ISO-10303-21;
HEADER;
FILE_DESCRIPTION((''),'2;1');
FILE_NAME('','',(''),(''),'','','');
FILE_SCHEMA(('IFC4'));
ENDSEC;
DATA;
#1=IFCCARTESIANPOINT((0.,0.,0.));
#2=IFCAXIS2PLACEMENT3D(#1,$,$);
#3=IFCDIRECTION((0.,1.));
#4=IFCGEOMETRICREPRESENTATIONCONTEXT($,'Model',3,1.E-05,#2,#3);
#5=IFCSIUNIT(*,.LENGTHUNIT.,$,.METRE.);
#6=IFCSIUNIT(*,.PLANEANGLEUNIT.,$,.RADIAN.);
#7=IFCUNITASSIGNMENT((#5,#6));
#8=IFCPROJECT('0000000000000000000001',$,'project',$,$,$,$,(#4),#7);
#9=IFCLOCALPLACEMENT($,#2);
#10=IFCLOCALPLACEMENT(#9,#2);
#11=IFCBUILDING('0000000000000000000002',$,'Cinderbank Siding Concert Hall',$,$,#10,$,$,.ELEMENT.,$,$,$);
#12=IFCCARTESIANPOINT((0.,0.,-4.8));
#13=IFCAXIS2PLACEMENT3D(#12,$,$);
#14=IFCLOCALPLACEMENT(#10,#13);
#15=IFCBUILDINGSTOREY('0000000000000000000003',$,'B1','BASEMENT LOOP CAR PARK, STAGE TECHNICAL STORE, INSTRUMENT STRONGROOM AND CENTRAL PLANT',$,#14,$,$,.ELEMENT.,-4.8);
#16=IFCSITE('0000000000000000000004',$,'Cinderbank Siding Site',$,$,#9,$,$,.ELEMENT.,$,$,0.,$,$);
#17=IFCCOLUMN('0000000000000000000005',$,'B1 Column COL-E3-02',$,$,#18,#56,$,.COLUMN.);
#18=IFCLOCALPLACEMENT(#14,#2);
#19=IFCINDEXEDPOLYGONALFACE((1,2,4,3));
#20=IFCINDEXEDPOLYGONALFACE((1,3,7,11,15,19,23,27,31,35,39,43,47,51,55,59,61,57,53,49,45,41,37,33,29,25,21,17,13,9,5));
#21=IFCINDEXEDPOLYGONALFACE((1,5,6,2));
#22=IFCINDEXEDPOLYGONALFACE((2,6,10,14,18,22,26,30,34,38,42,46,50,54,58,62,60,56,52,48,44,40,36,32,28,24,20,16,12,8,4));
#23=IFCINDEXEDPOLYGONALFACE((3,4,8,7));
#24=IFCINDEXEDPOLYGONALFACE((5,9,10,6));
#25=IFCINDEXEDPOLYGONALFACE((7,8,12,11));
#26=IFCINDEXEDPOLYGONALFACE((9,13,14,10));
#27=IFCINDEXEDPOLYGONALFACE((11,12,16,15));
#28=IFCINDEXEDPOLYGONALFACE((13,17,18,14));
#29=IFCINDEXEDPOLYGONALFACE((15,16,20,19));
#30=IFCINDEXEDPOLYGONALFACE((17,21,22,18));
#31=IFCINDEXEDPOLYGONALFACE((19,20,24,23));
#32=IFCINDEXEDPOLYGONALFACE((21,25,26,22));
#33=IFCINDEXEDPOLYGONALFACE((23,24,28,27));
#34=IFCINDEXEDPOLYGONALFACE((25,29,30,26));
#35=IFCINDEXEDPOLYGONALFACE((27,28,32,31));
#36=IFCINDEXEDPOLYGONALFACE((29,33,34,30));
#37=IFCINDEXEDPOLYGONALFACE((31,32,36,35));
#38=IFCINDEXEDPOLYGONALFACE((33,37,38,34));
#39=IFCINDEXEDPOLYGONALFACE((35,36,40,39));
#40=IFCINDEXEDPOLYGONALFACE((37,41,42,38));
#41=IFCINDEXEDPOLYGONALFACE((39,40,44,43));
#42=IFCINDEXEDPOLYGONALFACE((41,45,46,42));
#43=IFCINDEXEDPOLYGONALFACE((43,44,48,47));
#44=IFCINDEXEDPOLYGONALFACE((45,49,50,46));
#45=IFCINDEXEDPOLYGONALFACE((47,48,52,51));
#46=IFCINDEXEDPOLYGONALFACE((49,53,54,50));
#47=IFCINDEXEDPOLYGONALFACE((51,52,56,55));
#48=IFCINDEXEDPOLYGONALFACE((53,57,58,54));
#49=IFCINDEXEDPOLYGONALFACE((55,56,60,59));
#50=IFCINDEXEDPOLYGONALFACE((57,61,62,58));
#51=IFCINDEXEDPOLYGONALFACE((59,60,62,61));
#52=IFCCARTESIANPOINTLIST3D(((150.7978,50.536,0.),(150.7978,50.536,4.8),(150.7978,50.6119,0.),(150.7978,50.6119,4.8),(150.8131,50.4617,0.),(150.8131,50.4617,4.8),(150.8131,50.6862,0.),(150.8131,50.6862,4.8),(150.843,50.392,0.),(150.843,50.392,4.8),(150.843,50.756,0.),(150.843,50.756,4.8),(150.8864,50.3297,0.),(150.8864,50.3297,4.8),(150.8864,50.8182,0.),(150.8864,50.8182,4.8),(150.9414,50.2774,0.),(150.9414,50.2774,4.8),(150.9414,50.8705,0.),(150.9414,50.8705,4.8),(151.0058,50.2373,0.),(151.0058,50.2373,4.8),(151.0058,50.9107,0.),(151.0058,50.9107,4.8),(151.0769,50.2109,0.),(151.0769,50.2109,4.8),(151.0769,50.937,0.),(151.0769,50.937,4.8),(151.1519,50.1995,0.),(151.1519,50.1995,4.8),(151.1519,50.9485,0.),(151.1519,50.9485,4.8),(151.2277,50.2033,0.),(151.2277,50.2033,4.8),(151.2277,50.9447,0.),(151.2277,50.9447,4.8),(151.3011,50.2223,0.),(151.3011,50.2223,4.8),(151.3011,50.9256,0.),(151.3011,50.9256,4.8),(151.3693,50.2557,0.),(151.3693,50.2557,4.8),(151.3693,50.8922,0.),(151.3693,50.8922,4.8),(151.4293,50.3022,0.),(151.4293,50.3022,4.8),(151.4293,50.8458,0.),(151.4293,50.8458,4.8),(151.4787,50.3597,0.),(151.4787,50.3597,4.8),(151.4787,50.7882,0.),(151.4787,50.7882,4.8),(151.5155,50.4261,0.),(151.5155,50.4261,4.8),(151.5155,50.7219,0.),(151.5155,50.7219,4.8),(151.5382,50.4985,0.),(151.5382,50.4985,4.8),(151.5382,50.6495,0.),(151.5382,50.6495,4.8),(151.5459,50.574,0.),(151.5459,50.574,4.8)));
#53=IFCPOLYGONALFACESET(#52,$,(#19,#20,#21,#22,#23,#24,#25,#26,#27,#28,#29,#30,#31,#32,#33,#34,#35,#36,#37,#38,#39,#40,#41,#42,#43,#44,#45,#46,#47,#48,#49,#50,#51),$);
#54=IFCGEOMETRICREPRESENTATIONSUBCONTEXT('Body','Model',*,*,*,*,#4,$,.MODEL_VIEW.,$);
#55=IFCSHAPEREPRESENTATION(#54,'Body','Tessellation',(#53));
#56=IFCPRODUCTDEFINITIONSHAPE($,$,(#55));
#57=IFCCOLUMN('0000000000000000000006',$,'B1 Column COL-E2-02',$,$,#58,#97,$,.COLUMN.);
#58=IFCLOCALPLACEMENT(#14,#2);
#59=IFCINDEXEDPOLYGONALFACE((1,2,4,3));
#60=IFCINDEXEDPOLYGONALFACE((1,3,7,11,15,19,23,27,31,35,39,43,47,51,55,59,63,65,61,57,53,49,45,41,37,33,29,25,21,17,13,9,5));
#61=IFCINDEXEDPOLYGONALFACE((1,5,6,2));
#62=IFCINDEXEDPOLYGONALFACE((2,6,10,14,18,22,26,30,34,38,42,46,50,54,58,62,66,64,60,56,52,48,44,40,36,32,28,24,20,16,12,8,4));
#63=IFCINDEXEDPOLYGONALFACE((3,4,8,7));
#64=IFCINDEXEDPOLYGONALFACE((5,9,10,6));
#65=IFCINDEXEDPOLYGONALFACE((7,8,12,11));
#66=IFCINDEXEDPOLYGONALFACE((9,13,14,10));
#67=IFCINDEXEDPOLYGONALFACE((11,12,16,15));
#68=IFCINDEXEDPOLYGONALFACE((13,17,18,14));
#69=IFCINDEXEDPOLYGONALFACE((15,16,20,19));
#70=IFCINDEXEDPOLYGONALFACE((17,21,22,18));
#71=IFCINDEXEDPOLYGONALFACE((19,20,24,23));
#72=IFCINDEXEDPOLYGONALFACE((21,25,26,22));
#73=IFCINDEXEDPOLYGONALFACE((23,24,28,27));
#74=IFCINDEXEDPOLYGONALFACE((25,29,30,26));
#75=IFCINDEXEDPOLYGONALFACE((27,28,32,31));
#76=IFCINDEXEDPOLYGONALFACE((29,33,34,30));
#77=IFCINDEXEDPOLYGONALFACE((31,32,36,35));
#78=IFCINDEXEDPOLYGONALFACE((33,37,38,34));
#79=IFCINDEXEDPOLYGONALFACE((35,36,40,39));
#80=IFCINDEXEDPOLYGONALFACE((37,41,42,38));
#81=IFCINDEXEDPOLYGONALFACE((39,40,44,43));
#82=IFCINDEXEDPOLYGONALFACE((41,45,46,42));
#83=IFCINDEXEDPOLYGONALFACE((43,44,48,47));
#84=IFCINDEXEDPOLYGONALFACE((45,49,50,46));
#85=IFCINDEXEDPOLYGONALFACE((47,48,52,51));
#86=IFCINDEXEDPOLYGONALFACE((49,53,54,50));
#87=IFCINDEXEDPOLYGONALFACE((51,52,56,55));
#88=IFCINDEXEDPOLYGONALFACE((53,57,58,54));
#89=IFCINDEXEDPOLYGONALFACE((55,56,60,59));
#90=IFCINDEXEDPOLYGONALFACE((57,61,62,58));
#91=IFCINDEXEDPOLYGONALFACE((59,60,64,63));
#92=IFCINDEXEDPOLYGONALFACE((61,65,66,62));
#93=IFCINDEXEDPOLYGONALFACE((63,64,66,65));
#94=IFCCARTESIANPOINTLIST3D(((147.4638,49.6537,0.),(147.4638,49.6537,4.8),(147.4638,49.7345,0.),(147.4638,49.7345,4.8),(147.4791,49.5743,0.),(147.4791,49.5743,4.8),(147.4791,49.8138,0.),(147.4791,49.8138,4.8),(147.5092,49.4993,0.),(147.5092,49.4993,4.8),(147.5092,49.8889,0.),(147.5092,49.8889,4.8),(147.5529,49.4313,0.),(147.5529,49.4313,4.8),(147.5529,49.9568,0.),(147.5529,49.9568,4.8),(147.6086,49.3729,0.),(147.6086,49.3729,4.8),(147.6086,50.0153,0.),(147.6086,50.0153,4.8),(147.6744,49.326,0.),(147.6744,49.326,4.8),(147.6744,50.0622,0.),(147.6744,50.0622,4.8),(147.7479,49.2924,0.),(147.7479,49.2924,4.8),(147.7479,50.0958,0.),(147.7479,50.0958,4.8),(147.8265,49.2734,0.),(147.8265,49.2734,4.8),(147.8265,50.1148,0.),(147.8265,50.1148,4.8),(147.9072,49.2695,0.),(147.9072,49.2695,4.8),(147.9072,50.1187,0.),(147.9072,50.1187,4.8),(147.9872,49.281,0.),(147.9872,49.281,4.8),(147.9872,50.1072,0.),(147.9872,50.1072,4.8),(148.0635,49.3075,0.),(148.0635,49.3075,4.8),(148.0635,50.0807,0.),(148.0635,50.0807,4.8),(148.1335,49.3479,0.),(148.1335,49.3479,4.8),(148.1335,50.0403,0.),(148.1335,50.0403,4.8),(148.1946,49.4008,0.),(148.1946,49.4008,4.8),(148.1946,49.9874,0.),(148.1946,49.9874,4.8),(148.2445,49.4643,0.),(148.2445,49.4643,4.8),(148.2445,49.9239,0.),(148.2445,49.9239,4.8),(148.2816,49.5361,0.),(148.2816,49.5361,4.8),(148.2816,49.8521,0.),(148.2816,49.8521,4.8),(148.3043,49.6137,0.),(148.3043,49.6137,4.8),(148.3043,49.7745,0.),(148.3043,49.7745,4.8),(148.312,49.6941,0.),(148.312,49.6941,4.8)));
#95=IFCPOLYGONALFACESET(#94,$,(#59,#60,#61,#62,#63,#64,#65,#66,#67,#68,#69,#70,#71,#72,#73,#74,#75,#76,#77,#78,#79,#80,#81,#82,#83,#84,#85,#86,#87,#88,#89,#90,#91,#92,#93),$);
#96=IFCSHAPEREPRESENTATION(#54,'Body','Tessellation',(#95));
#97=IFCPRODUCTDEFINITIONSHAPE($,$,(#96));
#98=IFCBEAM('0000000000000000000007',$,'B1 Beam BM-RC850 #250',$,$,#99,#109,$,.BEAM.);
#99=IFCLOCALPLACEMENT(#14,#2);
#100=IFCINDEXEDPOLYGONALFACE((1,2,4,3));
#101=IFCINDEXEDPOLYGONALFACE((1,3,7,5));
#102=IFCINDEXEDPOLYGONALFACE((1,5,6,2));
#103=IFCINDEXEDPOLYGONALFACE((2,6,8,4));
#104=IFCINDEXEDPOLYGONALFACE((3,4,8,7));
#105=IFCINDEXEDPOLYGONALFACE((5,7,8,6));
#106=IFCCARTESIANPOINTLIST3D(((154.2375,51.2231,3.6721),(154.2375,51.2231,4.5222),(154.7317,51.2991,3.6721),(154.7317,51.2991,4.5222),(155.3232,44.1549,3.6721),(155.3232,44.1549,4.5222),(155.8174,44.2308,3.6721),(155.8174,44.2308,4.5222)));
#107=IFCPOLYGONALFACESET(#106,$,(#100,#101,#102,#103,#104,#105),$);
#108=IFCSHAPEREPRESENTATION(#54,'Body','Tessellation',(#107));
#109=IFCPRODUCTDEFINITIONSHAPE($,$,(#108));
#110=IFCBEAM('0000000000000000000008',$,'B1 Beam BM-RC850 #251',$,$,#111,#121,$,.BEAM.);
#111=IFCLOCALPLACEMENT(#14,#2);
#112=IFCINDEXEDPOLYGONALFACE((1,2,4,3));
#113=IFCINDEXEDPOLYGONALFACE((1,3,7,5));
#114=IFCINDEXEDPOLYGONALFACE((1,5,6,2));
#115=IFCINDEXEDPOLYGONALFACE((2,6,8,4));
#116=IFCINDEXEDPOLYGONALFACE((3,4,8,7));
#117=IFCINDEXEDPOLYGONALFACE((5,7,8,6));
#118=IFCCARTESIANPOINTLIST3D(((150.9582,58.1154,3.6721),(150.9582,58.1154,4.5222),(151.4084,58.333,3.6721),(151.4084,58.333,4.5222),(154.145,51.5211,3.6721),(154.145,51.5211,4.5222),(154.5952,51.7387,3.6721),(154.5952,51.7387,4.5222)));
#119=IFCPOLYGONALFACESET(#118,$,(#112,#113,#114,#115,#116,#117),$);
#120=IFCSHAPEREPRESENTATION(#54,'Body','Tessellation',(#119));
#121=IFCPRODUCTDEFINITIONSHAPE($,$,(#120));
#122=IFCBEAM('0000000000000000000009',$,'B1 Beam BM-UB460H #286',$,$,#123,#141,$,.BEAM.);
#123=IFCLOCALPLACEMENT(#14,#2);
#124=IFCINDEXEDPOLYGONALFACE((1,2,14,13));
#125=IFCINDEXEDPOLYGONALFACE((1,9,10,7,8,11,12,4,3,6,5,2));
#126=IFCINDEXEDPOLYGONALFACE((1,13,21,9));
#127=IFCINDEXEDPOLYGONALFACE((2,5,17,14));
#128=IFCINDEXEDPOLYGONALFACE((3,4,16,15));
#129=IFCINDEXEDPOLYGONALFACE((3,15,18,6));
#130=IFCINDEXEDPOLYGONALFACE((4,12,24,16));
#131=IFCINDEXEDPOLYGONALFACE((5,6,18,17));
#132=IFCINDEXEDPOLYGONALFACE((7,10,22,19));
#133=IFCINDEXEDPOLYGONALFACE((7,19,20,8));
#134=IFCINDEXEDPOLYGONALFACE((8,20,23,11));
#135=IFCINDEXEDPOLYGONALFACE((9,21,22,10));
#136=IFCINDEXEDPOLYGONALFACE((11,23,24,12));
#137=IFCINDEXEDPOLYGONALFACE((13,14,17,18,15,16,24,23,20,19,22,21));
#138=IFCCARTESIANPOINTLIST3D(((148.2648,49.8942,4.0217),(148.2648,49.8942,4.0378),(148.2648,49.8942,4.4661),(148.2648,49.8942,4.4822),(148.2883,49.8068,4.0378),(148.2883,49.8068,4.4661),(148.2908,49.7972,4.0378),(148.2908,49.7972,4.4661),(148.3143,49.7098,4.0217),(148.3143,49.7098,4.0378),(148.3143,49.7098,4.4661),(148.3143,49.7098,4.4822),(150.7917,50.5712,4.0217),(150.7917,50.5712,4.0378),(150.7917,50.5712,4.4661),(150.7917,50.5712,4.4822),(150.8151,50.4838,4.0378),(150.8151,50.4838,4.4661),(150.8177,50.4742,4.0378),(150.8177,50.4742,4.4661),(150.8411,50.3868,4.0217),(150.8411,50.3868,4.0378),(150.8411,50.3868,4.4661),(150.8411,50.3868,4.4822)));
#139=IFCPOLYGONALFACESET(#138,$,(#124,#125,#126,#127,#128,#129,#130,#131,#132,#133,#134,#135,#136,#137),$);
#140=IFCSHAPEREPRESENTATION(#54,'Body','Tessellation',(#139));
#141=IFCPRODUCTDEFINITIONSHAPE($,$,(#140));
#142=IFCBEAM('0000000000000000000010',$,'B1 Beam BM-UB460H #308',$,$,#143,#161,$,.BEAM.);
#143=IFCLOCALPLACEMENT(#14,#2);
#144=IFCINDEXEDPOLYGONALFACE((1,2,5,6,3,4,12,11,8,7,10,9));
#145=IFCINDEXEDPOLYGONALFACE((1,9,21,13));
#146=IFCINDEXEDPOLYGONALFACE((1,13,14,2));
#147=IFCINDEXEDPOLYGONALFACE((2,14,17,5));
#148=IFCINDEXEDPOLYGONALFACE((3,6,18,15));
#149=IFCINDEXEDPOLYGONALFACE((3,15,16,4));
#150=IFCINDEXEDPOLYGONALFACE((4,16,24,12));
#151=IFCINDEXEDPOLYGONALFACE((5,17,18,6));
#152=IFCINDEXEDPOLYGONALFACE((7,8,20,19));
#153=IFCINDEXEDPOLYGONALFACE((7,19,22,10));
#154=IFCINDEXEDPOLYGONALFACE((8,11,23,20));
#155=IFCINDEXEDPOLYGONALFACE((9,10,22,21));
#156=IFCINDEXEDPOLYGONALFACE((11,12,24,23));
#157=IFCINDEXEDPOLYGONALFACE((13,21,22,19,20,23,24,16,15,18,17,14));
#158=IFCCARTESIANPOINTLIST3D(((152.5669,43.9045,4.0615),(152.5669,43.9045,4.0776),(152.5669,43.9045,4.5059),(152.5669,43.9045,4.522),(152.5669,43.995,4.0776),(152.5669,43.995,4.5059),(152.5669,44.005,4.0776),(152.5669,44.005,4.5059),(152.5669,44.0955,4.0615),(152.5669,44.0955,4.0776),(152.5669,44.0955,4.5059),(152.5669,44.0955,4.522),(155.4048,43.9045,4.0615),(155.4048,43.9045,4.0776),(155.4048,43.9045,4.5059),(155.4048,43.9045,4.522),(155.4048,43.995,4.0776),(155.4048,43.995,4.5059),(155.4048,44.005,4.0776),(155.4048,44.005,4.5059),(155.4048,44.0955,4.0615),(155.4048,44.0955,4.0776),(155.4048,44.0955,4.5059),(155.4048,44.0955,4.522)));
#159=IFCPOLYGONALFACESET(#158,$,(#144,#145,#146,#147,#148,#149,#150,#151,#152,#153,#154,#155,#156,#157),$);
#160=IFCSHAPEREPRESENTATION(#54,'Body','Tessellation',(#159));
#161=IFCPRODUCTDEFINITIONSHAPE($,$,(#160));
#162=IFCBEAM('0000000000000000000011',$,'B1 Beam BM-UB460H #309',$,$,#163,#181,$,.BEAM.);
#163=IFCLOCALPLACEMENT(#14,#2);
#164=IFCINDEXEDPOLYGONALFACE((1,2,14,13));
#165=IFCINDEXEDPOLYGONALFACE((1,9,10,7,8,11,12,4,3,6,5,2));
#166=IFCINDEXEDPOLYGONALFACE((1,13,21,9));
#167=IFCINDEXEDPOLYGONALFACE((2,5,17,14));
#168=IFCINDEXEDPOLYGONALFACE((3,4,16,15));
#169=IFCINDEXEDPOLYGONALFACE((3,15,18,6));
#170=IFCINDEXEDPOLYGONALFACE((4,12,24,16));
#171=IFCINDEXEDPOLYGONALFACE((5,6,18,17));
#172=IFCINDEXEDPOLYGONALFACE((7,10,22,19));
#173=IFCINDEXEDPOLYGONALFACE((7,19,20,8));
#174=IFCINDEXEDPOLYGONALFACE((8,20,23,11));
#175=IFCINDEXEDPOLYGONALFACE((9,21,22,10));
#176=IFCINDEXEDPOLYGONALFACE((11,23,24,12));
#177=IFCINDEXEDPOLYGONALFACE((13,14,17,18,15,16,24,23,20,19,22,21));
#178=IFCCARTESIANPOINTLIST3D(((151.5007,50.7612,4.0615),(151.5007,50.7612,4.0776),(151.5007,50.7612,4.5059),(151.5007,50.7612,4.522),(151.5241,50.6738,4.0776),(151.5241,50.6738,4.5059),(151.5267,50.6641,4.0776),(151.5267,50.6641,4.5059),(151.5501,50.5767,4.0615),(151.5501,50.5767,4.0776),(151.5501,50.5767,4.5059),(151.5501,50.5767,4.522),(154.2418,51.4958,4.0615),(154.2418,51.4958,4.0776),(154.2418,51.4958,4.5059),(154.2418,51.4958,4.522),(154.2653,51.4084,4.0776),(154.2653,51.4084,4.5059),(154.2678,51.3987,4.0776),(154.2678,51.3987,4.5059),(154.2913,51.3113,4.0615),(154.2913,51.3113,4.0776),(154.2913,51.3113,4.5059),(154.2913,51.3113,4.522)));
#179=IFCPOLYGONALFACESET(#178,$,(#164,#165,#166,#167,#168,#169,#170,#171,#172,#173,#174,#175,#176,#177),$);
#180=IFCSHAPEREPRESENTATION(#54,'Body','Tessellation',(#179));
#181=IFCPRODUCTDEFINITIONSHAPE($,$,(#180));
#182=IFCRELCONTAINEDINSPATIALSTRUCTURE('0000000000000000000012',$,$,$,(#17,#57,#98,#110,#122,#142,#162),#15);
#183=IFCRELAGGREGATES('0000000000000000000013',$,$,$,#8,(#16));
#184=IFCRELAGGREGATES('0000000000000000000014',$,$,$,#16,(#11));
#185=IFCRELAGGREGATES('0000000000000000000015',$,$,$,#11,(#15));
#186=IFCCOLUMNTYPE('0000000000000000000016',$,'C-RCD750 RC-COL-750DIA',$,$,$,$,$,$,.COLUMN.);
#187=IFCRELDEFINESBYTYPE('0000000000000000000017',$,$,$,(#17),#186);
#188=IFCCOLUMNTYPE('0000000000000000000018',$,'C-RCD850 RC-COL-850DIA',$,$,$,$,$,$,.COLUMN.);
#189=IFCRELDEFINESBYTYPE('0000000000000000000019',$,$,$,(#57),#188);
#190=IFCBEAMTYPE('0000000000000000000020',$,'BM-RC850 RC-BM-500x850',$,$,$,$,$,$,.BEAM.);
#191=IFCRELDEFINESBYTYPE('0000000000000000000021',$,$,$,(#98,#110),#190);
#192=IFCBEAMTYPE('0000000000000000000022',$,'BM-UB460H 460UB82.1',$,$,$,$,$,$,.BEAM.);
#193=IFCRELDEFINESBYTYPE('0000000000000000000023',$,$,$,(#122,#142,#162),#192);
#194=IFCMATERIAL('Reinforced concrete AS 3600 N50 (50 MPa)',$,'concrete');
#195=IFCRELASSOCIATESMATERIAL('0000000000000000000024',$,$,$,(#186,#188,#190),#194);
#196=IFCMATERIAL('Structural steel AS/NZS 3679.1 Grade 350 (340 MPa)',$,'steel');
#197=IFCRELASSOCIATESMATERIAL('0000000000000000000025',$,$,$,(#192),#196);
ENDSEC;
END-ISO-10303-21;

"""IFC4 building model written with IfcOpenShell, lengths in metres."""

from ifc_helpers import new_model, si_unit, direction, frame, origin, origin_2d, place, context, subcontext, project, spatial, rectangle, circle, i_section, extrude, material, material_profile, profile_set, type_object, element, save


model = new_model("IFC4")

# Units and contexts
model_context = context("Model", 3, precision=1e-05, world=origin(), true_north=direction((0.0, 1.0)))
body_context = subcontext(model_context, "Body", "Model", "MODEL_VIEW")
ifc_project = project(units=[si_unit("LENGTHUNIT", "METRE"), si_unit("PLANEANGLEUNIT", "RADIAN")], contexts=[model_context])

# Site, building, storey
site_placement = place(None, origin())
site = spatial("IfcSite", under=ifc_project, at=site_placement, Name="Cinderbank Siding Site", CompositionType="ELEMENT", RefElevation=0.0)
building_placement = place(site_placement, origin())
building = spatial("IfcBuilding", under=site, at=building_placement, Name="Cinderbank Siding Concert Hall", CompositionType="ELEMENT")
storey_placement = place(building_placement, frame((0.0, 0.0, -4.8)))
storey = spatial("IfcBuildingStorey", under=building, at=storey_placement, Name="B1", Description="BASEMENT LOOP CAR PARK, STAGE TECHNICAL STORE, INSTRUMENT STRONGROOM AND CENTRAL PLANT", CompositionType="ELEMENT", Elevation=-4.8)

# Columns
ifc_material_1 = material(Name="Reinforced concrete AS 3600 N50 (50 MPa)", Category="concrete")
ifc_material_profile_1 = material_profile(ifc_material_1, circle(Radius=0.375, at=origin_2d()), Name="RC-COL-750DIA", Category="LoadBearing")
ifc_profile_set_1 = profile_set([ifc_material_profile_1], Name="Reinforced concrete AS 3600 N50 (50 MPa)")
column_type_1 = type_object("IfcColumnType", Name="C-RCD750 RC-COL-750DIA", PredefinedType="COLUMN", material=ifc_profile_set_1)
column_1_placement = place(storey_placement, frame((151.1709, 50.574, 0.0), z_axis=(0.0, 0.0, 1.0), x_axis=(1.0, 0.0, 0.0)))
element("IfcColumn", 1, at=column_1_placement, inside=storey, type_object=column_type_1, Name="B1 Column COL-E3-02", PredefinedType="COLUMN", context=body_context, shape_type="SweptSolid", body=[
    extrude(circle(Radius=0.375, at=origin_2d()), origin(), (0.0, 0.0, 1.0), 4.8),
])
ifc_material_profile_2 = material_profile(ifc_material_1, circle(Radius=0.425, at=origin_2d()), Name="RC-COL-850DIA", Category="LoadBearing")
ifc_profile_set_2 = profile_set([ifc_material_profile_2], Name="Reinforced concrete AS 3600 N50 (50 MPa)")
column_type_2 = type_object("IfcColumnType", Name="C-RCD850 RC-COL-850DIA", PredefinedType="COLUMN", material=ifc_profile_set_2)
column_2_placement = place(storey_placement, frame((147.887, 49.6941, 0.0), z_axis=(0.0, 0.0, 1.0), x_axis=(1.0, 0.0, 0.0)))
element("IfcColumn", 2, at=column_2_placement, inside=storey, type_object=column_type_2, Name="B1 Column COL-E2-02", PredefinedType="COLUMN", context=body_context, shape_type="SweptSolid", body=[
    extrude(circle(Radius=0.425, at=origin_2d()), origin(), (0.0, 0.0, 1.0), 4.8),
])

# Beams
ifc_material_profile_3 = material_profile(ifc_material_1, rectangle(XDim=0.5, YDim=0.8501, at=origin_2d()), Name="RC-BM-500x850", Category="LoadBearing")
ifc_profile_set_3 = profile_set([ifc_material_profile_3], Name="Reinforced concrete AS 3600 N50 (50 MPa)")
beam_type_1 = type_object("IfcBeamType", Name="BM-RC850 RC-BM-500x850", PredefinedType="BEAM", material=ifc_profile_set_3)
beam_1_placement = place(storey_placement, frame((155.5703, 44.1929, 4.0972), z_axis=(-0.151824, 0.988408, 0.0), x_axis=(-0.988408, -0.151824, 0.0)))
element("IfcBeam", 3, at=beam_1_placement, inside=storey, type_object=beam_type_1, Name="B1 Beam BM-RC850 #250", PredefinedType="BEAM", context=body_context, shape_type="SweptSolid", body=[
    extrude(rectangle(XDim=0.5, YDim=0.8501, at=origin_2d()), origin(), (0.0, 0.0, 1.0), 7.1511),
])
beam_2_placement = place(storey_placement, frame((154.3701, 51.6299, 4.0972), z_axis=(-0.435119, 0.900373, 0.0), x_axis=(-0.900373, -0.435119, 0.0)))
element("IfcBeam", 4, at=beam_2_placement, inside=storey, type_object=beam_type_1, Name="B1 Beam BM-RC850 #251", PredefinedType="BEAM", context=body_context, shape_type="SweptSolid", body=[
    extrude(rectangle(XDim=0.5, YDim=0.8501, at=origin_2d()), origin(), (0.0, 0.0, 1.0), 7.324),
])
ifc_material_2 = material(Name="Structural steel AS/NZS 3679.1 Grade 350 (340 MPa)", Category="steel")
ifc_material_profile_4 = material_profile(ifc_material_2, i_section(OverallWidth=0.1909, OverallDepth=0.4604, WebThickness=0.01, FlangeThickness=0.0161, at=origin_2d()), Name="460UB82.1", Category="LoadBearing")
ifc_profile_set_4 = profile_set([ifc_material_profile_4], Name="Structural steel AS/NZS 3679.1 Grade 350 (340 MPa)")
beam_type_2 = type_object("IfcBeamType", Name="BM-UB460H 460UB82.1", PredefinedType="BEAM", material=ifc_profile_set_4)
beam_3_placement = place(storey_placement, frame((148.2896, 49.802, 4.252), z_axis=(0.965932, 0.258795, 0.0), x_axis=(-0.258795, 0.965932, 0.0)))
element("IfcBeam", 5, at=beam_3_placement, inside=storey, type_object=beam_type_2, Name="B1 Beam BM-UB460H #286", PredefinedType="BEAM", context=body_context, shape_type="SweptSolid", body=[
    extrude(i_section(OverallWidth=0.1909, OverallDepth=0.4604, WebThickness=0.01, FlangeThickness=0.0161, at=origin_2d()), origin(), (0.0, 0.0, 1.0), 2.616),
])
for number, where, z_axis, x_axis, name in (
    (6, (152.5669, 44.0, 4.2917), (1.0, 0.0, 0.0), (0.0, 1.0, 0.0), "B1 Beam BM-UB460H #308"),
    (7, (151.5254, 50.6689, 4.2917), (0.965916, 0.258856, 0.0), (-0.258856, 0.965916, 0.0), "B1 Beam BM-UB460H #309"),
):
    element("IfcBeam", number, at=place(storey_placement, frame(where, z_axis=z_axis, x_axis=x_axis)), inside=storey, type_object=beam_type_2, Name=name, PredefinedType="BEAM", context=body_context, shape_type="SweptSolid", body=[
        extrude(i_section(OverallWidth=0.1909, OverallDepth=0.4604, WebThickness=0.01, FlangeThickness=0.0161, at=origin_2d()), origin(), (0.0, 0.0, 1.0), 2.8379),
    ])

save(model, "model.ifc")
